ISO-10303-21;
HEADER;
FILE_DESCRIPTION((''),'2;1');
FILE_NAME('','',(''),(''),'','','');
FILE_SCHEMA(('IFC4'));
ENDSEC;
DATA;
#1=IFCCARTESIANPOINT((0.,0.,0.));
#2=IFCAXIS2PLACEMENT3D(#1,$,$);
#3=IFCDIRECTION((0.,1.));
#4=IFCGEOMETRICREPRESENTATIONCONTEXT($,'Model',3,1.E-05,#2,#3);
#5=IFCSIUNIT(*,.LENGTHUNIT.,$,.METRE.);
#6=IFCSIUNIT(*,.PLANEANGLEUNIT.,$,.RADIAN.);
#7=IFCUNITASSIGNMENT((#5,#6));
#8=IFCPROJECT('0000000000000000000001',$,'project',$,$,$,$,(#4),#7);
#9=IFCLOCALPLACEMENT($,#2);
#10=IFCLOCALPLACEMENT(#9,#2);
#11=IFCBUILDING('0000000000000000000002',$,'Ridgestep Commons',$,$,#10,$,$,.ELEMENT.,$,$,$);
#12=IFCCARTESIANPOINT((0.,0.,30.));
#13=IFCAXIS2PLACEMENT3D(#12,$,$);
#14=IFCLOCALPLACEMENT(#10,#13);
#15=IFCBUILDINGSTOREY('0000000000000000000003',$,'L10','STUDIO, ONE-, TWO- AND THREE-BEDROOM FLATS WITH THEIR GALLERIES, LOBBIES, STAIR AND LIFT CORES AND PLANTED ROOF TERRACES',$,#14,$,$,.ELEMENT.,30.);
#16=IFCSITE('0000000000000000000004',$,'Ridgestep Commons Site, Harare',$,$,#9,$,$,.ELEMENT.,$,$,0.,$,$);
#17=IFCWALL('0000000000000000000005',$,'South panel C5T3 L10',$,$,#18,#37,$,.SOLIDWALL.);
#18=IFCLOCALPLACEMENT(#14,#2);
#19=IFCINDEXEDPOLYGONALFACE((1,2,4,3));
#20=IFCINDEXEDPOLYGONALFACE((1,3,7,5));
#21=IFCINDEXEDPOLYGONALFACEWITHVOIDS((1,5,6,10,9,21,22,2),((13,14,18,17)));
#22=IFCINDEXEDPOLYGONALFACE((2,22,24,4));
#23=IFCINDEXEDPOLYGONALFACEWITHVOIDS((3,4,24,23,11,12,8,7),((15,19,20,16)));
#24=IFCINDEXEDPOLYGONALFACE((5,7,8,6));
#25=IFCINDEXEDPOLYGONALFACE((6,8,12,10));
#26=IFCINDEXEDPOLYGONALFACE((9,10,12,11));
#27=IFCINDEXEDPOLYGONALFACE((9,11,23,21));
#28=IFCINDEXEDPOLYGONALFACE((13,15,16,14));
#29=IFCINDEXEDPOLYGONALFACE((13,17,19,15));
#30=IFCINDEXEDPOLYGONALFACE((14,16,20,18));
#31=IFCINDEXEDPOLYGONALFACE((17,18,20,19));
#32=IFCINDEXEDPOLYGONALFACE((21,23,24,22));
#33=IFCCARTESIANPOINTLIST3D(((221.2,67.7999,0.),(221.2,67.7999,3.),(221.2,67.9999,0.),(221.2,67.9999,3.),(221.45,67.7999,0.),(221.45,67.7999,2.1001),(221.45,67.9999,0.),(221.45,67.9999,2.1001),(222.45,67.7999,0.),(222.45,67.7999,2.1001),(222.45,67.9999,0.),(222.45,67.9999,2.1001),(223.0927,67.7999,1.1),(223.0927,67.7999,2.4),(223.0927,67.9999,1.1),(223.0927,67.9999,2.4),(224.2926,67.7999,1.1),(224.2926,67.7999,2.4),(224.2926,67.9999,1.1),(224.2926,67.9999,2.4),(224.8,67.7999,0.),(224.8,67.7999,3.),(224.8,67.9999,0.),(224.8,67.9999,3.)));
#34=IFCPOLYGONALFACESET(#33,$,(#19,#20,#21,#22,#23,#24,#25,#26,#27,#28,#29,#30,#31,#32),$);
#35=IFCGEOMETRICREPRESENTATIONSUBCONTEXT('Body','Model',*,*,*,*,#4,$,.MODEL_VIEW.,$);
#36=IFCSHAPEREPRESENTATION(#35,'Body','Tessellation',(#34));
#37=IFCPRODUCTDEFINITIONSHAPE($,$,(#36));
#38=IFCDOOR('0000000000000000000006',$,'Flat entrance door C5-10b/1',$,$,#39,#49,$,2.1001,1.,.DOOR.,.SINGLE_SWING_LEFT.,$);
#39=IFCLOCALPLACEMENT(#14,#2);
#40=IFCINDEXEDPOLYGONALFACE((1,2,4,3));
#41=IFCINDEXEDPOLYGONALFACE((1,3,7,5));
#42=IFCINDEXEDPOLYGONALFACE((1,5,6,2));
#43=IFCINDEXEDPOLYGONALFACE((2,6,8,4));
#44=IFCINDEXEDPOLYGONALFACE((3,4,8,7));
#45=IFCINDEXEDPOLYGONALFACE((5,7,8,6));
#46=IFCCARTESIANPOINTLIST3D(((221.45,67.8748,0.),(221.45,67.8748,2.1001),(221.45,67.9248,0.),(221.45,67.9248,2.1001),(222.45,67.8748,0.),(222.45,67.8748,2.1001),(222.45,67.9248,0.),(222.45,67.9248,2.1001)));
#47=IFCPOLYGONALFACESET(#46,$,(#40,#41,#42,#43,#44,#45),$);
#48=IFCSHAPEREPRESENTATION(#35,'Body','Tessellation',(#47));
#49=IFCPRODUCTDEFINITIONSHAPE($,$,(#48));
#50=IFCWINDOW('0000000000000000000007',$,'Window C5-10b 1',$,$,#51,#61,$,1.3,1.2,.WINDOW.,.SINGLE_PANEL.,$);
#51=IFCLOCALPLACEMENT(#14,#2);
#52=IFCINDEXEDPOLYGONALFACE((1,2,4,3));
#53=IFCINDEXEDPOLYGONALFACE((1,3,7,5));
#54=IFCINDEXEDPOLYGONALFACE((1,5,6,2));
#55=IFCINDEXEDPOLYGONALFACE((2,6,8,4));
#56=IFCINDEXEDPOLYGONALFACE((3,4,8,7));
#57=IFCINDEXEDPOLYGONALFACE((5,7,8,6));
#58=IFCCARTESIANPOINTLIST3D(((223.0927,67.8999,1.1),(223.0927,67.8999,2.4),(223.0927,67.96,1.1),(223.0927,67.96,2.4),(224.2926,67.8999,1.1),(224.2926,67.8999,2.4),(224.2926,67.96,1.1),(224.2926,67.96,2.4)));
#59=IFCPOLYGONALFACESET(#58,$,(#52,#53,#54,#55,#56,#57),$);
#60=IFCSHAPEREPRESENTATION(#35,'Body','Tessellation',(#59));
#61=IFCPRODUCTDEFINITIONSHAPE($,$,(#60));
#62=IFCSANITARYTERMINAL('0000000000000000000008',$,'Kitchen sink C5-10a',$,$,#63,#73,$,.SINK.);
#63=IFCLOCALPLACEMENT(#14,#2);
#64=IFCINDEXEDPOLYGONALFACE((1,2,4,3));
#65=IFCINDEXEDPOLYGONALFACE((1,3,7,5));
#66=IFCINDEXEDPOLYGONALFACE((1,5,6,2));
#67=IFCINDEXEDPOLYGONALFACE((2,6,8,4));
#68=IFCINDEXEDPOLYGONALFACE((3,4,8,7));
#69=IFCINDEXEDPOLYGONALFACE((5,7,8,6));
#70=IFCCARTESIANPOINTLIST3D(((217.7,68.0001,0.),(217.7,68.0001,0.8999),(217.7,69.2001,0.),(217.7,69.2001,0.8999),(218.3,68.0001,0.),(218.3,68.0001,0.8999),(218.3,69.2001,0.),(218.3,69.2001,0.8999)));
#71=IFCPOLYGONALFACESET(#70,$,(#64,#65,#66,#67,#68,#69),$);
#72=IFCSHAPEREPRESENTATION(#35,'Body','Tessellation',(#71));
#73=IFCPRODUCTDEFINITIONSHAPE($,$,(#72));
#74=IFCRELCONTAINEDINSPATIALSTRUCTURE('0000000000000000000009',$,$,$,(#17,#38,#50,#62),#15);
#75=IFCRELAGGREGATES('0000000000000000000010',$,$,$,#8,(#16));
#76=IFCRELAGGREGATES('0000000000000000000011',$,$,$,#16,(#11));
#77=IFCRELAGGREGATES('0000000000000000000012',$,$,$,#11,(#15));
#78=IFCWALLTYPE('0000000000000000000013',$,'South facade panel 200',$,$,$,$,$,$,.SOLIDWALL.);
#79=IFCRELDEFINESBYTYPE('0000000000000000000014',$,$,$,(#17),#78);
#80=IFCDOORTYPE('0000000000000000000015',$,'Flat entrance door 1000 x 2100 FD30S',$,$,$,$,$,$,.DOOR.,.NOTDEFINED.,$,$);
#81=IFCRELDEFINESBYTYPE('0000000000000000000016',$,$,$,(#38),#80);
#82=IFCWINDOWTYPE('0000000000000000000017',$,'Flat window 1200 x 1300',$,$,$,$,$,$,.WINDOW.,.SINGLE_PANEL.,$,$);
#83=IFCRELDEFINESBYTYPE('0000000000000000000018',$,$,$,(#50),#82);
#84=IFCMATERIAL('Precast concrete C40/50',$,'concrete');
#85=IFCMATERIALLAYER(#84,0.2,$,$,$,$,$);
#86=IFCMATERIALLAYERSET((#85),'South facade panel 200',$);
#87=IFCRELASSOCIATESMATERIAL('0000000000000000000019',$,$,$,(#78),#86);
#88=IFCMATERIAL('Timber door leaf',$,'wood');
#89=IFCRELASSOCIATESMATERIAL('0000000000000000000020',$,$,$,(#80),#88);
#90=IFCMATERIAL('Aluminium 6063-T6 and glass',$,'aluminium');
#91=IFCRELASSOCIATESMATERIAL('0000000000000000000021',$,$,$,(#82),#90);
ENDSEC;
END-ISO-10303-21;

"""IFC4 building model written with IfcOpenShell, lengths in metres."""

from ifc_helpers import new_model, si_unit, direction, frame, frame_2d, origin, origin_2d, place, context, subcontext, project, spatial, rectangle, extrude, material, layer, layer_set, type_object, element, fill, save


model = new_model("IFC4")

# Units and contexts
model_context = context("Model", 3, precision=1e-05, world=origin(), true_north=direction((0.0, 1.0)))
body_context = subcontext(model_context, "Body", "Model", "MODEL_VIEW")
ifc_project = project(units=[si_unit("LENGTHUNIT", "METRE"), si_unit("PLANEANGLEUNIT", "RADIAN")], contexts=[model_context])

# Site, building, storey
site_placement = place(None, origin())
site = spatial("IfcSite", under=ifc_project, at=site_placement, Name="Ridgestep Commons Site, Harare", CompositionType="ELEMENT", RefElevation=0.0)
building_placement = place(site_placement, origin())
building = spatial("IfcBuilding", under=site, at=building_placement, Name="Ridgestep Commons", CompositionType="ELEMENT")
storey_placement = place(building_placement, frame((0.0, 0.0, 30.0)))
storey = spatial("IfcBuildingStorey", under=building, at=storey_placement, Name="L10", Description="STUDIO, ONE-, TWO- AND THREE-BEDROOM FLATS WITH THEIR GALLERIES, LOBBIES, STAIR AND LIFT CORES AND PLANTED ROOF TERRACES", CompositionType="ELEMENT", Elevation=30.0)

# Wall, openings, door, window
ifc_material_1 = material(Name="Precast concrete C40/50", Category="concrete")
ifc_layer_1 = layer(ifc_material_1, 0.2)
ifc_layer_set_1 = layer_set([ifc_layer_1], Name="South facade panel 200")
wall_type_1 = type_object("IfcWallType", Name="South facade panel 200", PredefinedType="SOLIDWALL", material=ifc_layer_set_1)
ifc_material_2 = material(Name="Timber door leaf", Category="wood")
door_type_1 = type_object("IfcDoorType", Name="Flat entrance door 1000 x 2100 FD30S", OperationType="NOTDEFINED", PredefinedType="DOOR", material=ifc_material_2)
ifc_material_3 = material(Name="Aluminium 6063-T6 and glass", Category="aluminium")
window_type_1 = type_object("IfcWindowType", Name="Flat window 1200 x 1300", PartitioningType="SINGLE_PANEL", PredefinedType="WINDOW", material=ifc_material_3)
wall_1_placement = place(storey_placement, frame((221.2, 67.8999, 0.0), z_axis=(0.0, 0.0, 1.0), x_axis=(1.0, 0.0, 0.0)))
wall_1 = element("IfcWall", 1, at=wall_1_placement, inside=storey, type_object=wall_type_1, Name="South panel C5T3 L10", PredefinedType="SOLIDWALL", context=body_context, shape_type="SweptSolid", body=[
    extrude(rectangle(XDim=3.6001, YDim=0.2, at=frame_2d((1.8, 0.0))), origin(), (0.0, 0.0, 1.0), 3.0),
])
opening_1_placement = place(wall_1_placement, frame((1.8926, 0.0, 1.1001)))
opening_1 = element("IfcOpeningElement", 2, at=opening_1_placement, cuts=wall_1, PredefinedType="OPENING", context=body_context, shape_type="SweptSolid", body=[
    extrude(rectangle(XDim=1.2, YDim=1.3, at=frame_2d((0.6001, 0.6499))), frame((0.0, 0.1099, 0.0), z_axis=(0.0, -1.0, 0.0), x_axis=(1.0, 0.0, 0.0)), (0.0, 0.0, 1.0), 0.22),
])
opening_2_placement = place(wall_1_placement, frame((0.25, 0.0, 0.0)))
opening_2 = element("IfcOpeningElement", 3, at=opening_2_placement, cuts=wall_1, PredefinedType="OPENING", context=body_context, shape_type="SweptSolid", body=[
    extrude(rectangle(XDim=1.0, YDim=2.1001, at=frame_2d((0.5, 1.05))), frame((0.0, 0.1099, 0.0), z_axis=(0.0, -1.0, 0.0), x_axis=(1.0, 0.0, 0.0)), (0.0, 0.0, 1.0), 0.22),
])
door_1_placement = place(opening_2_placement, origin())
door_1 = element("IfcDoor", 4, at=door_1_placement, inside=storey, type_object=door_type_1, Name="Flat entrance door C5-10b/1", OperationType="SINGLE_SWING_LEFT", OverallHeight=2.1001, OverallWidth=1.0, PredefinedType="DOOR", context=body_context, shape_type="SweptSolid", body=[
    extrude(rectangle(XDim=1.0, YDim=2.1001, at=frame_2d((0.5, 1.05))), frame((0.0, 0.0249, 0.0), z_axis=(0.0, -1.0, 0.0), x_axis=(1.0, 0.0, 0.0)), (0.0, 0.0, 1.0), 0.05),
])
fill(opening_2, door_1)
window_1_placement = place(opening_1_placement, origin())
window_1 = element("IfcWindow", 5, at=window_1_placement, inside=storey, type_object=window_type_1, Name="Window C5-10b 1", OverallHeight=1.3, OverallWidth=1.2, PartitioningType="SINGLE_PANEL", PredefinedType="WINDOW", context=body_context, shape_type="SweptSolid", body=[
    extrude(rectangle(XDim=1.2, YDim=1.3, at=frame_2d((0.6001, 0.6499))), frame((0.0, 0.0601, 0.0), z_axis=(0.0, -1.0, 0.0), x_axis=(1.0, 0.0, 0.0)), (0.0, 0.0, 1.0), 0.0601),
])
fill(opening_1, window_1)

# Sanitary terminal
sanitary_terminal_placement = place(storey_placement, frame((218.0, 68.6001, 0.0), z_axis=(0.0, 0.0, 1.0), x_axis=(1.0, 0.0, 0.0)))
element("IfcSanitaryTerminal", 6, at=sanitary_terminal_placement, inside=storey, Name="Kitchen sink C5-10a", PredefinedType="SINK", context=body_context, shape_type="SweptSolid", body=[
    extrude(rectangle(XDim=0.6001, YDim=1.2, at=origin_2d()), origin(), (0.0, 0.0, 1.0), 0.8999),
])

save(model, "model.ifc")
